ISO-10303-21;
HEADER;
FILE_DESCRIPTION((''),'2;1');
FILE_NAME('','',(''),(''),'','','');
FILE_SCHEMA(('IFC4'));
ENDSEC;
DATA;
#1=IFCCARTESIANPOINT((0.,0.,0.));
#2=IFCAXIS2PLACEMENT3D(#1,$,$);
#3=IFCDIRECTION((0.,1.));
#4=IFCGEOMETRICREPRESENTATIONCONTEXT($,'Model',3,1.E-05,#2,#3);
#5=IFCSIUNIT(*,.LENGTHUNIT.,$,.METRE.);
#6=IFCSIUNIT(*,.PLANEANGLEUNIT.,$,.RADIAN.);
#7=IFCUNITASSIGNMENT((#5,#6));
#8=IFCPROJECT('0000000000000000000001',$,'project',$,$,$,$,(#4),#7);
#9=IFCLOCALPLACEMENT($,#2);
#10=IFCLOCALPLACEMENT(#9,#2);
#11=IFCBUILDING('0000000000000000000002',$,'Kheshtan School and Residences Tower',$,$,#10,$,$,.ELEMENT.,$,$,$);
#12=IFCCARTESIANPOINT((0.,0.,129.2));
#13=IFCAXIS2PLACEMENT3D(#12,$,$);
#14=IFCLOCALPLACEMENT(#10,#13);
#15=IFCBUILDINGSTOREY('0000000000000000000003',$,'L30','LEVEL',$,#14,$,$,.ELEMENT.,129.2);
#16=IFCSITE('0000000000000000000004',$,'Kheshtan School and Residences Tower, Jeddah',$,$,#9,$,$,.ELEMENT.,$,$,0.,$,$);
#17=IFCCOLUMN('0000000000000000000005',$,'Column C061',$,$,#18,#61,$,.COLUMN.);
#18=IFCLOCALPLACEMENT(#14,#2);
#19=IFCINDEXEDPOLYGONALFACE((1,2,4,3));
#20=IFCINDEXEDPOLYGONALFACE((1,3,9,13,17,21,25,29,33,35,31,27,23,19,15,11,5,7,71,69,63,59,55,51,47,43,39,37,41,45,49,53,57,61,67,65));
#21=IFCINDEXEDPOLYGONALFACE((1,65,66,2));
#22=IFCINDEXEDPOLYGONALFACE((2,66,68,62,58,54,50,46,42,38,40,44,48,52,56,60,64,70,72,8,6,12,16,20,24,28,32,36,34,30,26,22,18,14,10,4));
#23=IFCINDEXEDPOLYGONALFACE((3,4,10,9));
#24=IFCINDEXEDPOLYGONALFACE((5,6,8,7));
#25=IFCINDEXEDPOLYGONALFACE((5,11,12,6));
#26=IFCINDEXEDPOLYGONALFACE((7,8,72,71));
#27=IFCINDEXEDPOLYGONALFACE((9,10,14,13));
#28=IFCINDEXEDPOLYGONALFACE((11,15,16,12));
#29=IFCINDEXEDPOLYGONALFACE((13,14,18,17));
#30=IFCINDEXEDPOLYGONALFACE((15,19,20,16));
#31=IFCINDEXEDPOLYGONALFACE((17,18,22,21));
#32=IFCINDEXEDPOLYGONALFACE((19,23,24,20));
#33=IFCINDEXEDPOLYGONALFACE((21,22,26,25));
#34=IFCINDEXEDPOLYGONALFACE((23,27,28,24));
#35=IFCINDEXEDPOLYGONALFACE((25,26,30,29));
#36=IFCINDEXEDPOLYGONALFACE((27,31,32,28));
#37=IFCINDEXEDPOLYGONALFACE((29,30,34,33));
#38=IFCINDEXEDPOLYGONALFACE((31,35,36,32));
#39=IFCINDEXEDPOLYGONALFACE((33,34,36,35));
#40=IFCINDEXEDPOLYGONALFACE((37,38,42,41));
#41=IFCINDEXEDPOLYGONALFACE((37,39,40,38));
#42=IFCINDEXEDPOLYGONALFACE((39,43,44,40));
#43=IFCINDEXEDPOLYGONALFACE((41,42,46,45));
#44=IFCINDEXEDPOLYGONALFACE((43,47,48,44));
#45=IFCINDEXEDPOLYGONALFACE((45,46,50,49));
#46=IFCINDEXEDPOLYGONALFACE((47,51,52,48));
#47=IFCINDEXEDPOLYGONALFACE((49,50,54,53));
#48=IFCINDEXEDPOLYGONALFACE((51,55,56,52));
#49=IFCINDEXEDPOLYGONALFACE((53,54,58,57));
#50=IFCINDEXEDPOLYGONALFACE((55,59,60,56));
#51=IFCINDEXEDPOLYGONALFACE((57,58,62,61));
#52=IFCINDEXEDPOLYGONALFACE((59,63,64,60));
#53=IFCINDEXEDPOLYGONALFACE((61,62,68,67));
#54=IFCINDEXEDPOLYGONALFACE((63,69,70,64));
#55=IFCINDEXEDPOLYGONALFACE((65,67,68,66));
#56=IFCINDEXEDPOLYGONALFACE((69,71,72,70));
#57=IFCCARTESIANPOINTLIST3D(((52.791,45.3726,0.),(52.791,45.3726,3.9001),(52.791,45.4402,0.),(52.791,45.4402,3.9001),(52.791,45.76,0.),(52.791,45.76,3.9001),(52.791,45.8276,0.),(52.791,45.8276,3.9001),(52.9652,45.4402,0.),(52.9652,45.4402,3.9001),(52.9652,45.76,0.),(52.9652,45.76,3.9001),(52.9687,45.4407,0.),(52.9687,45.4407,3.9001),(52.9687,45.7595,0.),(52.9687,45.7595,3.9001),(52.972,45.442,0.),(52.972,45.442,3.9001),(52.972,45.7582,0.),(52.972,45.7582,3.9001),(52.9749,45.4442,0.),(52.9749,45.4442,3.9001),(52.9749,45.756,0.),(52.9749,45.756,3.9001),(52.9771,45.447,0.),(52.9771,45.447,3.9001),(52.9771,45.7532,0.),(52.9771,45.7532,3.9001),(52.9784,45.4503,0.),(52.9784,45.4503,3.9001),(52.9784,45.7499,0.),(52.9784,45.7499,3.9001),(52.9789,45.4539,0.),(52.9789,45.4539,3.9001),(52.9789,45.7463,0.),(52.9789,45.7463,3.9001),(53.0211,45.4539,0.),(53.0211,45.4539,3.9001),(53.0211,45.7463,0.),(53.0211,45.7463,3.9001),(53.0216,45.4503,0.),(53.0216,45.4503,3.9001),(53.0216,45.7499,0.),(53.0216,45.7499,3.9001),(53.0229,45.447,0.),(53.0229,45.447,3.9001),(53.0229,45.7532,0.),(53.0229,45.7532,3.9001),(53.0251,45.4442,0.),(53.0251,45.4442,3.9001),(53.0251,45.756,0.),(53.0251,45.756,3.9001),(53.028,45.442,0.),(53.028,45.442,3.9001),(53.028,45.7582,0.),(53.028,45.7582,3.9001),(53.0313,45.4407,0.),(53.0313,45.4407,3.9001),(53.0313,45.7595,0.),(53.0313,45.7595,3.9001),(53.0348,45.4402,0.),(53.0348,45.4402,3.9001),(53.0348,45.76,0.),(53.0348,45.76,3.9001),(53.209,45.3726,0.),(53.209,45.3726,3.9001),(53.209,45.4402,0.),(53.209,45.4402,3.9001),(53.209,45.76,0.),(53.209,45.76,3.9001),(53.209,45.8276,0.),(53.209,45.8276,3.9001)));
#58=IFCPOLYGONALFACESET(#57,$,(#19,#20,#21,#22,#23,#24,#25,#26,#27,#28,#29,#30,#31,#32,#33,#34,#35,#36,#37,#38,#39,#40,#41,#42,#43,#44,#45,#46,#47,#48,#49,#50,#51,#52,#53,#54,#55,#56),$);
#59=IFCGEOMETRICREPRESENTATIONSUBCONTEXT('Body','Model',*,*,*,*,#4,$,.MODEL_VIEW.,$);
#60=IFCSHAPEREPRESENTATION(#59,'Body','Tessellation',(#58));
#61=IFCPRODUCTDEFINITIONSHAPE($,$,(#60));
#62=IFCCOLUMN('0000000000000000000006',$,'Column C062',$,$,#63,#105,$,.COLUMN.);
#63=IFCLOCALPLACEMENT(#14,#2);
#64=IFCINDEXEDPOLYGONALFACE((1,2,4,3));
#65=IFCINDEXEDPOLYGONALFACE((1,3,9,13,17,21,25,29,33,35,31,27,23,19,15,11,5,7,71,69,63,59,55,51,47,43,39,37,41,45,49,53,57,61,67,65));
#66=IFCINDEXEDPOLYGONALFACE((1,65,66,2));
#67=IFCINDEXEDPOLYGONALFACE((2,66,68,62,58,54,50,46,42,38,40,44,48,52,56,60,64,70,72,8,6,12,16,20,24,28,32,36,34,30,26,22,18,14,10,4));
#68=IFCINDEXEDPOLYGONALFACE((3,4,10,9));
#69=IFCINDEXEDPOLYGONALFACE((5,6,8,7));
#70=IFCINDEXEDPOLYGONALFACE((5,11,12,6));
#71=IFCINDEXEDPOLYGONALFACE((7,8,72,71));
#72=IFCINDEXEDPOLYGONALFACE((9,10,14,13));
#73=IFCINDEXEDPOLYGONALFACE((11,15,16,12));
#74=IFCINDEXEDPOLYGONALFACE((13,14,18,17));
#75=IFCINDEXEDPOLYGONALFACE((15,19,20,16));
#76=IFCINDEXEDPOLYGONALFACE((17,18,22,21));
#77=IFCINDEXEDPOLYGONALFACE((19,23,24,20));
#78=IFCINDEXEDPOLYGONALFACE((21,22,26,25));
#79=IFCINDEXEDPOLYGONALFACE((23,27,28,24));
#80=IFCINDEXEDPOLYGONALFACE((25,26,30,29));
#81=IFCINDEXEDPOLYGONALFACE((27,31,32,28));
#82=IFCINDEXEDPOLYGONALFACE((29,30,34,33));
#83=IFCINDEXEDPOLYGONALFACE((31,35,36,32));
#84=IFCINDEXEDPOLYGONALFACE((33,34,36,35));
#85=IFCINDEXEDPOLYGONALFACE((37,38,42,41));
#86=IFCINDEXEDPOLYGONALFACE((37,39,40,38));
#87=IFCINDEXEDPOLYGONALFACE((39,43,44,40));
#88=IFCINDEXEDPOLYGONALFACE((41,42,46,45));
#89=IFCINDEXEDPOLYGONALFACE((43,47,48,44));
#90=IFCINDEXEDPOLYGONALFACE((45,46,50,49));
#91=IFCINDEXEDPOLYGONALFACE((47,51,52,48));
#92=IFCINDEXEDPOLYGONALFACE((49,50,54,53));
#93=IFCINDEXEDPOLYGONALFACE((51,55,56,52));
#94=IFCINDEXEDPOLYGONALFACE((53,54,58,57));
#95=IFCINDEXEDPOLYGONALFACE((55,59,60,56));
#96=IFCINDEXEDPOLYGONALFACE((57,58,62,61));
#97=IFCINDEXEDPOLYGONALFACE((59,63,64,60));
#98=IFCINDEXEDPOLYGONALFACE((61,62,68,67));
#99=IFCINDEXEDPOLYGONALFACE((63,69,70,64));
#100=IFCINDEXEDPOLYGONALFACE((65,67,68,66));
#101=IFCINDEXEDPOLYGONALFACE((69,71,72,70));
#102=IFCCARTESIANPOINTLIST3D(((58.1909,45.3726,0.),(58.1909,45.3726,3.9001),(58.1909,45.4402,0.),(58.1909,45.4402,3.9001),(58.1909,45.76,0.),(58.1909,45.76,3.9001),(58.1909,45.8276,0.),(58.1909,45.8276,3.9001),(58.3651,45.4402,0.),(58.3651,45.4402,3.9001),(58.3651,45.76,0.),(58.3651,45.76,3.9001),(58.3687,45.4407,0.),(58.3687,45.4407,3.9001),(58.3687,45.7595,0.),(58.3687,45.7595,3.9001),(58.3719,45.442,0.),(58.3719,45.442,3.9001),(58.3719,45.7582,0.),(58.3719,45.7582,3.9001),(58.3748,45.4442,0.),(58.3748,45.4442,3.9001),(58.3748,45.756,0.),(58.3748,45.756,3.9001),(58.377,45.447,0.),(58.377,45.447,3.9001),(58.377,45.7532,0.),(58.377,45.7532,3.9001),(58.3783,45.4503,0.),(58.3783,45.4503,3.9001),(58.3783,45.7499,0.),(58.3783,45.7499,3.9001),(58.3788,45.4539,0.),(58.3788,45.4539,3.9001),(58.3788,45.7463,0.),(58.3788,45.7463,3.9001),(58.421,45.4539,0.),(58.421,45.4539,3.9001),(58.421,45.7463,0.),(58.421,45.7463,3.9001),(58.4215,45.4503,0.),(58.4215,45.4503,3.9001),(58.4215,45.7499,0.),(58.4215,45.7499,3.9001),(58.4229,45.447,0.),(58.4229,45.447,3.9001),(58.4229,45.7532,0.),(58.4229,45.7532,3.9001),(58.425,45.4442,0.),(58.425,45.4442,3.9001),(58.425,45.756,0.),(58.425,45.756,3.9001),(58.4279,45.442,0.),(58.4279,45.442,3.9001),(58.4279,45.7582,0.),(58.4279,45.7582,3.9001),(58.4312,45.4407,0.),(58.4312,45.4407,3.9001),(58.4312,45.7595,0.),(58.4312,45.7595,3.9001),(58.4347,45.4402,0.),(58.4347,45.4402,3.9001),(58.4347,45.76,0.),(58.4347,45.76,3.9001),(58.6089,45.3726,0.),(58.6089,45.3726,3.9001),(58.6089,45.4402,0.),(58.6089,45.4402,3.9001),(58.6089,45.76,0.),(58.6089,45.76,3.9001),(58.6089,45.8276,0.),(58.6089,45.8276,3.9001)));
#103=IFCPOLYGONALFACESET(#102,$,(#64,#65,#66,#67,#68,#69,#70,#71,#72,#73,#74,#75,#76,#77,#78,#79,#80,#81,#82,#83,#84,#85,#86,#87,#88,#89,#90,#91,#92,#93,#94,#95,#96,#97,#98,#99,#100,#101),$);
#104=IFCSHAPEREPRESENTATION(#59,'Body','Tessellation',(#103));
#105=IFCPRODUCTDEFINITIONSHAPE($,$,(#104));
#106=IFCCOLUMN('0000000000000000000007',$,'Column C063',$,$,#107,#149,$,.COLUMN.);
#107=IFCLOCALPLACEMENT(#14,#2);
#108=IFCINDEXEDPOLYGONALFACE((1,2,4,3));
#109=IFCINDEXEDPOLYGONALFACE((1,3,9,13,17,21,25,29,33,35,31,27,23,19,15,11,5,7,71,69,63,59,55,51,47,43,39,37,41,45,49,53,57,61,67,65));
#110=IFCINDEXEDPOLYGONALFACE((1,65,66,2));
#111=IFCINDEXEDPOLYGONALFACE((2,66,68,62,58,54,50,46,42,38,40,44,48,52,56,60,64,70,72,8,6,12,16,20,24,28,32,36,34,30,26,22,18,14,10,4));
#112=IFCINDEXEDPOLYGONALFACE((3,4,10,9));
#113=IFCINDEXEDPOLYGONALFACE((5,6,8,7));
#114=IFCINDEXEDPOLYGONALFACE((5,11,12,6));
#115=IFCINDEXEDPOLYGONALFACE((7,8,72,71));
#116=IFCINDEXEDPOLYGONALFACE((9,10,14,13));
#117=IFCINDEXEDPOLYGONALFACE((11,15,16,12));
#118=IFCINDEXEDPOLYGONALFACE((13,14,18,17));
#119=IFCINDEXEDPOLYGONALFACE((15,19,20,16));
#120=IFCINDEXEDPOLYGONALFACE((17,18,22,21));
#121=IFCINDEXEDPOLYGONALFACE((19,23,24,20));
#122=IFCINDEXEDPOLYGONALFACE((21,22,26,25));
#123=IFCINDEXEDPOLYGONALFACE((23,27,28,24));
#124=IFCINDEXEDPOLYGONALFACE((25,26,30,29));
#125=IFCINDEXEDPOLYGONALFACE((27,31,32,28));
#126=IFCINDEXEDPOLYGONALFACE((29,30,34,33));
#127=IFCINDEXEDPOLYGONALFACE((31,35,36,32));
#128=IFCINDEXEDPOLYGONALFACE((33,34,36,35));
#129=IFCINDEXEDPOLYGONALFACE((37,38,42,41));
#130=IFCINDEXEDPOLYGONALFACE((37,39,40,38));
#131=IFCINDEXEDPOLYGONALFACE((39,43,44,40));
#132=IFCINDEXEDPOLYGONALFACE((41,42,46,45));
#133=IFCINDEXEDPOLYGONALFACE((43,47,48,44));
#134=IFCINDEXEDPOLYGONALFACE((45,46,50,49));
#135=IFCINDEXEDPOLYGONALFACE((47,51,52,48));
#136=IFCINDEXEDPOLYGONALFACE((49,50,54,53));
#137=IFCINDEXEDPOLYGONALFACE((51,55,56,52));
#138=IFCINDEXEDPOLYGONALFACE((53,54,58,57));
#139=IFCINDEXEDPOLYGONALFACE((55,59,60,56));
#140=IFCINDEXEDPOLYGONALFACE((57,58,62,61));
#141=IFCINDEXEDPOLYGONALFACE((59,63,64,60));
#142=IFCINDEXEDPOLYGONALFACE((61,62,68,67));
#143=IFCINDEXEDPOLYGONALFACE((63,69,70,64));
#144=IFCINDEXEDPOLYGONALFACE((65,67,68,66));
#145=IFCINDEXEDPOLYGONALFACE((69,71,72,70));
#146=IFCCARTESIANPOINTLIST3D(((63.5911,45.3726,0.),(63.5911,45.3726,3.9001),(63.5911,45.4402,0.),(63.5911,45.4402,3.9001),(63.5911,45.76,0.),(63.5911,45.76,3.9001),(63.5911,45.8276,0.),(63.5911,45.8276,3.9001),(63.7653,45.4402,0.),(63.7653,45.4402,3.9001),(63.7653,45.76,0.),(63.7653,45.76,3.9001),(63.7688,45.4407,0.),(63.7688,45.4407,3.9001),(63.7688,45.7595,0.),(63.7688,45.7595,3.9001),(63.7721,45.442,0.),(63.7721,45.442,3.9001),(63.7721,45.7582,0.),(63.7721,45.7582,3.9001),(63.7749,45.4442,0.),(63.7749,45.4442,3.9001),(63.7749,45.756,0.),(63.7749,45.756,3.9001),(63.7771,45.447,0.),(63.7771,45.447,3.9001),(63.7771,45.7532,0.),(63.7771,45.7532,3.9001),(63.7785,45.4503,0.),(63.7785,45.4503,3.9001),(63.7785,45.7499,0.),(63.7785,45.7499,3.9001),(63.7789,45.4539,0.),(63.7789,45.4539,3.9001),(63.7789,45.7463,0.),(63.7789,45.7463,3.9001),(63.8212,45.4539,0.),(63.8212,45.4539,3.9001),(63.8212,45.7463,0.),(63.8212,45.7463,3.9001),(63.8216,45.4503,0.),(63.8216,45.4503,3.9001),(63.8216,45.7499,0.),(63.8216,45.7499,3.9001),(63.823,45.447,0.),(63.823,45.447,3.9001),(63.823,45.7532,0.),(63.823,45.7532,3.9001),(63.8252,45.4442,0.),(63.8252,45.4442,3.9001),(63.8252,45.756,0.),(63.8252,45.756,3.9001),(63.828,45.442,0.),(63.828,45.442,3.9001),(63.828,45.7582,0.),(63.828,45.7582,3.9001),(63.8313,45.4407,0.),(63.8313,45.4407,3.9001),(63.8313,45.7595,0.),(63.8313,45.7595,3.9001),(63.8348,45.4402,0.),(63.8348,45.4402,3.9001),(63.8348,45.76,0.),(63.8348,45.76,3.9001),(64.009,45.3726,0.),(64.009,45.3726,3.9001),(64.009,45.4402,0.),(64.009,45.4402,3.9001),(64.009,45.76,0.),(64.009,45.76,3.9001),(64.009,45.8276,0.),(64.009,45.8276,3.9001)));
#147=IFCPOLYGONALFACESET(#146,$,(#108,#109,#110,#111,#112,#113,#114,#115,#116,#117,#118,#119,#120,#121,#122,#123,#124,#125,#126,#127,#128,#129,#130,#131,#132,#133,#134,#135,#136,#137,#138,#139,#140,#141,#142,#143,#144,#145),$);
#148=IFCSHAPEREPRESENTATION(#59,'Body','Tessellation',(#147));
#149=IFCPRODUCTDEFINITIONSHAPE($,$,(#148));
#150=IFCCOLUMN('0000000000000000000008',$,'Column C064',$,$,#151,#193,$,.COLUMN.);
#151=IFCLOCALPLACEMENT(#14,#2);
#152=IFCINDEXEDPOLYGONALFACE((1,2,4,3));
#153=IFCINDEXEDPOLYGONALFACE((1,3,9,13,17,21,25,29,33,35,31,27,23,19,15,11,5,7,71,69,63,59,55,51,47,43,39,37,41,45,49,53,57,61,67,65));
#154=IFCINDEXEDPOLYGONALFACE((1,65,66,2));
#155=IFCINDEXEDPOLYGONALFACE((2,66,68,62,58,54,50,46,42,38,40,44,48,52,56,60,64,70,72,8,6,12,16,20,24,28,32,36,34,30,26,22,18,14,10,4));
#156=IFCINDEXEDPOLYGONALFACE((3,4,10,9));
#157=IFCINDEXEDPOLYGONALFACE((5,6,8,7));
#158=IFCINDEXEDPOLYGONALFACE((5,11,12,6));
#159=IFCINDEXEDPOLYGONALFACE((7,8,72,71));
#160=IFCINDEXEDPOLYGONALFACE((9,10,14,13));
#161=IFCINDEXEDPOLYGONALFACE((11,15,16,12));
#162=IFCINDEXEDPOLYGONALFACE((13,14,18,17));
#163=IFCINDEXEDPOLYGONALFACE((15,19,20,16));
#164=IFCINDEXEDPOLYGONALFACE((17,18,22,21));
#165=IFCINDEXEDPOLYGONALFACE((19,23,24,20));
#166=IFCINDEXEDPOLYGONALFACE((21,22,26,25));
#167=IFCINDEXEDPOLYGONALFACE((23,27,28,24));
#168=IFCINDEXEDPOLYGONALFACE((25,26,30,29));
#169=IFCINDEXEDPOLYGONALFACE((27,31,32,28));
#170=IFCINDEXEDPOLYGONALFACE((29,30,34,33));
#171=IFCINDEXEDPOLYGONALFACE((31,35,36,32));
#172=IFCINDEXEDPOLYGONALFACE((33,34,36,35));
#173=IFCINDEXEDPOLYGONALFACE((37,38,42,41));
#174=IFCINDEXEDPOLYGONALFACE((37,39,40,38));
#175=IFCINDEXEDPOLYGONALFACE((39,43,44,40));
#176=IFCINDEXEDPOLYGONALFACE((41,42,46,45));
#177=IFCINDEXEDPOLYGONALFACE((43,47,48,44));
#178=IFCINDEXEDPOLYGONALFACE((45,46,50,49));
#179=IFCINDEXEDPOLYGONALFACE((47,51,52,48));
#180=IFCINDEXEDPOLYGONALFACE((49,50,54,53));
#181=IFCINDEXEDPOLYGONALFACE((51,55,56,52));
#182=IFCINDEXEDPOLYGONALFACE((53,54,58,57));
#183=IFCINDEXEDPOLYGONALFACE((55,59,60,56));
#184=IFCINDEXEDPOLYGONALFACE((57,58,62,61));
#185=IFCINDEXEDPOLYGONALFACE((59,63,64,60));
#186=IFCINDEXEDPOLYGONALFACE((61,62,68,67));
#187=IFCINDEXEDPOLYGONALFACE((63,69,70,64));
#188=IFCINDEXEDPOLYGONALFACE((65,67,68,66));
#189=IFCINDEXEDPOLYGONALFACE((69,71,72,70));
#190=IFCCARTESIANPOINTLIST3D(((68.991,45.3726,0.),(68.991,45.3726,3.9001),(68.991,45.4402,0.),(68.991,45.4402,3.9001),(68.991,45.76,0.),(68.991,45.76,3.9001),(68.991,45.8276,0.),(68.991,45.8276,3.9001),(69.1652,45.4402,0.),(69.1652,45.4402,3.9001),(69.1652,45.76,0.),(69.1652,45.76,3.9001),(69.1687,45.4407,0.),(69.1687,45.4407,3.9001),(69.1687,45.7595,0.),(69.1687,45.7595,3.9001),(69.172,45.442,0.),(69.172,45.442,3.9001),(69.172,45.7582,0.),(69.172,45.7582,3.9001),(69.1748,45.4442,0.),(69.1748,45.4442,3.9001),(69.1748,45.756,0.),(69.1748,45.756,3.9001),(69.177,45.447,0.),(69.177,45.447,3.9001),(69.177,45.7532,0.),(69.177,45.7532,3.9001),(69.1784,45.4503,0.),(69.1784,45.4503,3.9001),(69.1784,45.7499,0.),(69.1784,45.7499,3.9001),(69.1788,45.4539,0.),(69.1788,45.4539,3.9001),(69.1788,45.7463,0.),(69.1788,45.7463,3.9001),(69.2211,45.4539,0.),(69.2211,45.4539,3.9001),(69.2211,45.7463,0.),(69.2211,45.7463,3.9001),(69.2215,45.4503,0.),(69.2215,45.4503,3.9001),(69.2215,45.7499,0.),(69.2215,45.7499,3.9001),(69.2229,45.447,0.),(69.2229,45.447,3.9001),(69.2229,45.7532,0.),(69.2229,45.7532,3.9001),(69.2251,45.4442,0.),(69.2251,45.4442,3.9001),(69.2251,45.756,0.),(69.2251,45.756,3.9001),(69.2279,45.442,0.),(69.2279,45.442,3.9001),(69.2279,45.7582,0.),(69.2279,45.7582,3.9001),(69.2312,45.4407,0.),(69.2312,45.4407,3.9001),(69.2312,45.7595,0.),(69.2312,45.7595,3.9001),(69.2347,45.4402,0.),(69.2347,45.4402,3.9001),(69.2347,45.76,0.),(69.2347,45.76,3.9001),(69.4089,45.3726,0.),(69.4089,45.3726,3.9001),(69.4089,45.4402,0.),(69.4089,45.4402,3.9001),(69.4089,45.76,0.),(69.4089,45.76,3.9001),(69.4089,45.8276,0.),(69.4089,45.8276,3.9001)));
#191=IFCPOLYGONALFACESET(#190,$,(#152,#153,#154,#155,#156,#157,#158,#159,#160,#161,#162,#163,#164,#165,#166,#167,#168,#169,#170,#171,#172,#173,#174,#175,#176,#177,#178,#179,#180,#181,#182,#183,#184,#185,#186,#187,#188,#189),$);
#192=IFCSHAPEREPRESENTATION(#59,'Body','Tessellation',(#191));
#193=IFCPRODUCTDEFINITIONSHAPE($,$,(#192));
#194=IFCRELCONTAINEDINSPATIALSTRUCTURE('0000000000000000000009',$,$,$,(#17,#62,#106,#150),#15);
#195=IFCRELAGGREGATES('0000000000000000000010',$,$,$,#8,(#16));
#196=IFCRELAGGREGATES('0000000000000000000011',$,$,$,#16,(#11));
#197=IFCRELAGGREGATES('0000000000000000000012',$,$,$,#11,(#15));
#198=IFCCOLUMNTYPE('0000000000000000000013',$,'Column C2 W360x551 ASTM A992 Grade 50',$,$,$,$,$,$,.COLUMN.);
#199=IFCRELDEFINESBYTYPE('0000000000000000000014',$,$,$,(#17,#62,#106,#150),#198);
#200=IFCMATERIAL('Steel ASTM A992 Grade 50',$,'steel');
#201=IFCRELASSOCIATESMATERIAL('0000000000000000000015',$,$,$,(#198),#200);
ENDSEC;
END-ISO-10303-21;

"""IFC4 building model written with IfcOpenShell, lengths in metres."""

from ifc_helpers import new_model, si_unit, direction, frame, origin, origin_2d, place, context, subcontext, project, spatial, i_section, extrude, material, material_profile, profile_set, type_object, element, save


model = new_model("IFC4")

# Units and contexts
model_context = context("Model", 3, precision=1e-05, world=origin(), true_north=direction((0.0, 1.0)))
body_context = subcontext(model_context, "Body", "Model", "MODEL_VIEW")
ifc_project = project(units=[si_unit("LENGTHUNIT", "METRE"), si_unit("PLANEANGLEUNIT", "RADIAN")], contexts=[model_context])

# Site, building, storey
site_placement = place(None, origin())
site = spatial("IfcSite", under=ifc_project, at=site_placement, Name="Kheshtan School and Residences Tower, Jeddah", CompositionType="ELEMENT", RefElevation=0.0)
building_placement = place(site_placement, origin())
building = spatial("IfcBuilding", under=site, at=building_placement, Name="Kheshtan School and Residences Tower", CompositionType="ELEMENT")
storey_placement = place(building_placement, frame((0.0, 0.0, 129.2)))
storey = spatial("IfcBuildingStorey", under=building, at=storey_placement, Name="L30", Description="LEVEL", CompositionType="ELEMENT", Elevation=129.2)

# Columns
ifc_material_1 = material(Name="Steel ASTM A992 Grade 50", Category="steel")
ifc_material_profile_1 = material_profile(ifc_material_1, i_section(OverallWidth=0.418, OverallDepth=0.4551, WebThickness=0.0422, FlangeThickness=0.0676, FilletRadius=0.0137, at=origin_2d()), Name="W360x551")
ifc_profile_set_1 = profile_set([ifc_material_profile_1], Name="Steel ASTM A992 Grade 50")
column_type = type_object("IfcColumnType", Name="Column C2 W360x551 ASTM A992 Grade 50", PredefinedType="COLUMN", material=ifc_profile_set_1)
for number, where, z_axis, x_axis, name in (
    (1, (53.0, 45.6001, 0.0), (0.0, 0.0, 1.0), (1.0, 0.0, 0.0), "Column C061"),
    (2, (58.3999, 45.6001, 0.0), (0.0, 0.0, 1.0), (1.0, 0.0, 0.0), "Column C062"),
    (3, (63.8, 45.6001, 0.0), (0.0, 0.0, 1.0), (1.0, 0.0, 0.0), "Column C063"),
    (4, (69.2, 45.6001, 0.0), (0.0, 0.0, 1.0), (1.0, 0.0, 0.0), "Column C064"),
):
    element("IfcColumn", number, at=place(storey_placement, frame(where, z_axis=z_axis, x_axis=x_axis)), inside=storey, type_object=column_type, Name=name, PredefinedType="COLUMN", context=body_context, shape_type="SweptSolid", body=[
        extrude(i_section(OverallWidth=0.418, OverallDepth=0.4551, WebThickness=0.0422, FlangeThickness=0.0676, FilletRadius=0.0137, at=origin_2d()), origin(), (0.0, 0.0, 1.0), 3.9001),
    ])

save(model, "model.ifc")
